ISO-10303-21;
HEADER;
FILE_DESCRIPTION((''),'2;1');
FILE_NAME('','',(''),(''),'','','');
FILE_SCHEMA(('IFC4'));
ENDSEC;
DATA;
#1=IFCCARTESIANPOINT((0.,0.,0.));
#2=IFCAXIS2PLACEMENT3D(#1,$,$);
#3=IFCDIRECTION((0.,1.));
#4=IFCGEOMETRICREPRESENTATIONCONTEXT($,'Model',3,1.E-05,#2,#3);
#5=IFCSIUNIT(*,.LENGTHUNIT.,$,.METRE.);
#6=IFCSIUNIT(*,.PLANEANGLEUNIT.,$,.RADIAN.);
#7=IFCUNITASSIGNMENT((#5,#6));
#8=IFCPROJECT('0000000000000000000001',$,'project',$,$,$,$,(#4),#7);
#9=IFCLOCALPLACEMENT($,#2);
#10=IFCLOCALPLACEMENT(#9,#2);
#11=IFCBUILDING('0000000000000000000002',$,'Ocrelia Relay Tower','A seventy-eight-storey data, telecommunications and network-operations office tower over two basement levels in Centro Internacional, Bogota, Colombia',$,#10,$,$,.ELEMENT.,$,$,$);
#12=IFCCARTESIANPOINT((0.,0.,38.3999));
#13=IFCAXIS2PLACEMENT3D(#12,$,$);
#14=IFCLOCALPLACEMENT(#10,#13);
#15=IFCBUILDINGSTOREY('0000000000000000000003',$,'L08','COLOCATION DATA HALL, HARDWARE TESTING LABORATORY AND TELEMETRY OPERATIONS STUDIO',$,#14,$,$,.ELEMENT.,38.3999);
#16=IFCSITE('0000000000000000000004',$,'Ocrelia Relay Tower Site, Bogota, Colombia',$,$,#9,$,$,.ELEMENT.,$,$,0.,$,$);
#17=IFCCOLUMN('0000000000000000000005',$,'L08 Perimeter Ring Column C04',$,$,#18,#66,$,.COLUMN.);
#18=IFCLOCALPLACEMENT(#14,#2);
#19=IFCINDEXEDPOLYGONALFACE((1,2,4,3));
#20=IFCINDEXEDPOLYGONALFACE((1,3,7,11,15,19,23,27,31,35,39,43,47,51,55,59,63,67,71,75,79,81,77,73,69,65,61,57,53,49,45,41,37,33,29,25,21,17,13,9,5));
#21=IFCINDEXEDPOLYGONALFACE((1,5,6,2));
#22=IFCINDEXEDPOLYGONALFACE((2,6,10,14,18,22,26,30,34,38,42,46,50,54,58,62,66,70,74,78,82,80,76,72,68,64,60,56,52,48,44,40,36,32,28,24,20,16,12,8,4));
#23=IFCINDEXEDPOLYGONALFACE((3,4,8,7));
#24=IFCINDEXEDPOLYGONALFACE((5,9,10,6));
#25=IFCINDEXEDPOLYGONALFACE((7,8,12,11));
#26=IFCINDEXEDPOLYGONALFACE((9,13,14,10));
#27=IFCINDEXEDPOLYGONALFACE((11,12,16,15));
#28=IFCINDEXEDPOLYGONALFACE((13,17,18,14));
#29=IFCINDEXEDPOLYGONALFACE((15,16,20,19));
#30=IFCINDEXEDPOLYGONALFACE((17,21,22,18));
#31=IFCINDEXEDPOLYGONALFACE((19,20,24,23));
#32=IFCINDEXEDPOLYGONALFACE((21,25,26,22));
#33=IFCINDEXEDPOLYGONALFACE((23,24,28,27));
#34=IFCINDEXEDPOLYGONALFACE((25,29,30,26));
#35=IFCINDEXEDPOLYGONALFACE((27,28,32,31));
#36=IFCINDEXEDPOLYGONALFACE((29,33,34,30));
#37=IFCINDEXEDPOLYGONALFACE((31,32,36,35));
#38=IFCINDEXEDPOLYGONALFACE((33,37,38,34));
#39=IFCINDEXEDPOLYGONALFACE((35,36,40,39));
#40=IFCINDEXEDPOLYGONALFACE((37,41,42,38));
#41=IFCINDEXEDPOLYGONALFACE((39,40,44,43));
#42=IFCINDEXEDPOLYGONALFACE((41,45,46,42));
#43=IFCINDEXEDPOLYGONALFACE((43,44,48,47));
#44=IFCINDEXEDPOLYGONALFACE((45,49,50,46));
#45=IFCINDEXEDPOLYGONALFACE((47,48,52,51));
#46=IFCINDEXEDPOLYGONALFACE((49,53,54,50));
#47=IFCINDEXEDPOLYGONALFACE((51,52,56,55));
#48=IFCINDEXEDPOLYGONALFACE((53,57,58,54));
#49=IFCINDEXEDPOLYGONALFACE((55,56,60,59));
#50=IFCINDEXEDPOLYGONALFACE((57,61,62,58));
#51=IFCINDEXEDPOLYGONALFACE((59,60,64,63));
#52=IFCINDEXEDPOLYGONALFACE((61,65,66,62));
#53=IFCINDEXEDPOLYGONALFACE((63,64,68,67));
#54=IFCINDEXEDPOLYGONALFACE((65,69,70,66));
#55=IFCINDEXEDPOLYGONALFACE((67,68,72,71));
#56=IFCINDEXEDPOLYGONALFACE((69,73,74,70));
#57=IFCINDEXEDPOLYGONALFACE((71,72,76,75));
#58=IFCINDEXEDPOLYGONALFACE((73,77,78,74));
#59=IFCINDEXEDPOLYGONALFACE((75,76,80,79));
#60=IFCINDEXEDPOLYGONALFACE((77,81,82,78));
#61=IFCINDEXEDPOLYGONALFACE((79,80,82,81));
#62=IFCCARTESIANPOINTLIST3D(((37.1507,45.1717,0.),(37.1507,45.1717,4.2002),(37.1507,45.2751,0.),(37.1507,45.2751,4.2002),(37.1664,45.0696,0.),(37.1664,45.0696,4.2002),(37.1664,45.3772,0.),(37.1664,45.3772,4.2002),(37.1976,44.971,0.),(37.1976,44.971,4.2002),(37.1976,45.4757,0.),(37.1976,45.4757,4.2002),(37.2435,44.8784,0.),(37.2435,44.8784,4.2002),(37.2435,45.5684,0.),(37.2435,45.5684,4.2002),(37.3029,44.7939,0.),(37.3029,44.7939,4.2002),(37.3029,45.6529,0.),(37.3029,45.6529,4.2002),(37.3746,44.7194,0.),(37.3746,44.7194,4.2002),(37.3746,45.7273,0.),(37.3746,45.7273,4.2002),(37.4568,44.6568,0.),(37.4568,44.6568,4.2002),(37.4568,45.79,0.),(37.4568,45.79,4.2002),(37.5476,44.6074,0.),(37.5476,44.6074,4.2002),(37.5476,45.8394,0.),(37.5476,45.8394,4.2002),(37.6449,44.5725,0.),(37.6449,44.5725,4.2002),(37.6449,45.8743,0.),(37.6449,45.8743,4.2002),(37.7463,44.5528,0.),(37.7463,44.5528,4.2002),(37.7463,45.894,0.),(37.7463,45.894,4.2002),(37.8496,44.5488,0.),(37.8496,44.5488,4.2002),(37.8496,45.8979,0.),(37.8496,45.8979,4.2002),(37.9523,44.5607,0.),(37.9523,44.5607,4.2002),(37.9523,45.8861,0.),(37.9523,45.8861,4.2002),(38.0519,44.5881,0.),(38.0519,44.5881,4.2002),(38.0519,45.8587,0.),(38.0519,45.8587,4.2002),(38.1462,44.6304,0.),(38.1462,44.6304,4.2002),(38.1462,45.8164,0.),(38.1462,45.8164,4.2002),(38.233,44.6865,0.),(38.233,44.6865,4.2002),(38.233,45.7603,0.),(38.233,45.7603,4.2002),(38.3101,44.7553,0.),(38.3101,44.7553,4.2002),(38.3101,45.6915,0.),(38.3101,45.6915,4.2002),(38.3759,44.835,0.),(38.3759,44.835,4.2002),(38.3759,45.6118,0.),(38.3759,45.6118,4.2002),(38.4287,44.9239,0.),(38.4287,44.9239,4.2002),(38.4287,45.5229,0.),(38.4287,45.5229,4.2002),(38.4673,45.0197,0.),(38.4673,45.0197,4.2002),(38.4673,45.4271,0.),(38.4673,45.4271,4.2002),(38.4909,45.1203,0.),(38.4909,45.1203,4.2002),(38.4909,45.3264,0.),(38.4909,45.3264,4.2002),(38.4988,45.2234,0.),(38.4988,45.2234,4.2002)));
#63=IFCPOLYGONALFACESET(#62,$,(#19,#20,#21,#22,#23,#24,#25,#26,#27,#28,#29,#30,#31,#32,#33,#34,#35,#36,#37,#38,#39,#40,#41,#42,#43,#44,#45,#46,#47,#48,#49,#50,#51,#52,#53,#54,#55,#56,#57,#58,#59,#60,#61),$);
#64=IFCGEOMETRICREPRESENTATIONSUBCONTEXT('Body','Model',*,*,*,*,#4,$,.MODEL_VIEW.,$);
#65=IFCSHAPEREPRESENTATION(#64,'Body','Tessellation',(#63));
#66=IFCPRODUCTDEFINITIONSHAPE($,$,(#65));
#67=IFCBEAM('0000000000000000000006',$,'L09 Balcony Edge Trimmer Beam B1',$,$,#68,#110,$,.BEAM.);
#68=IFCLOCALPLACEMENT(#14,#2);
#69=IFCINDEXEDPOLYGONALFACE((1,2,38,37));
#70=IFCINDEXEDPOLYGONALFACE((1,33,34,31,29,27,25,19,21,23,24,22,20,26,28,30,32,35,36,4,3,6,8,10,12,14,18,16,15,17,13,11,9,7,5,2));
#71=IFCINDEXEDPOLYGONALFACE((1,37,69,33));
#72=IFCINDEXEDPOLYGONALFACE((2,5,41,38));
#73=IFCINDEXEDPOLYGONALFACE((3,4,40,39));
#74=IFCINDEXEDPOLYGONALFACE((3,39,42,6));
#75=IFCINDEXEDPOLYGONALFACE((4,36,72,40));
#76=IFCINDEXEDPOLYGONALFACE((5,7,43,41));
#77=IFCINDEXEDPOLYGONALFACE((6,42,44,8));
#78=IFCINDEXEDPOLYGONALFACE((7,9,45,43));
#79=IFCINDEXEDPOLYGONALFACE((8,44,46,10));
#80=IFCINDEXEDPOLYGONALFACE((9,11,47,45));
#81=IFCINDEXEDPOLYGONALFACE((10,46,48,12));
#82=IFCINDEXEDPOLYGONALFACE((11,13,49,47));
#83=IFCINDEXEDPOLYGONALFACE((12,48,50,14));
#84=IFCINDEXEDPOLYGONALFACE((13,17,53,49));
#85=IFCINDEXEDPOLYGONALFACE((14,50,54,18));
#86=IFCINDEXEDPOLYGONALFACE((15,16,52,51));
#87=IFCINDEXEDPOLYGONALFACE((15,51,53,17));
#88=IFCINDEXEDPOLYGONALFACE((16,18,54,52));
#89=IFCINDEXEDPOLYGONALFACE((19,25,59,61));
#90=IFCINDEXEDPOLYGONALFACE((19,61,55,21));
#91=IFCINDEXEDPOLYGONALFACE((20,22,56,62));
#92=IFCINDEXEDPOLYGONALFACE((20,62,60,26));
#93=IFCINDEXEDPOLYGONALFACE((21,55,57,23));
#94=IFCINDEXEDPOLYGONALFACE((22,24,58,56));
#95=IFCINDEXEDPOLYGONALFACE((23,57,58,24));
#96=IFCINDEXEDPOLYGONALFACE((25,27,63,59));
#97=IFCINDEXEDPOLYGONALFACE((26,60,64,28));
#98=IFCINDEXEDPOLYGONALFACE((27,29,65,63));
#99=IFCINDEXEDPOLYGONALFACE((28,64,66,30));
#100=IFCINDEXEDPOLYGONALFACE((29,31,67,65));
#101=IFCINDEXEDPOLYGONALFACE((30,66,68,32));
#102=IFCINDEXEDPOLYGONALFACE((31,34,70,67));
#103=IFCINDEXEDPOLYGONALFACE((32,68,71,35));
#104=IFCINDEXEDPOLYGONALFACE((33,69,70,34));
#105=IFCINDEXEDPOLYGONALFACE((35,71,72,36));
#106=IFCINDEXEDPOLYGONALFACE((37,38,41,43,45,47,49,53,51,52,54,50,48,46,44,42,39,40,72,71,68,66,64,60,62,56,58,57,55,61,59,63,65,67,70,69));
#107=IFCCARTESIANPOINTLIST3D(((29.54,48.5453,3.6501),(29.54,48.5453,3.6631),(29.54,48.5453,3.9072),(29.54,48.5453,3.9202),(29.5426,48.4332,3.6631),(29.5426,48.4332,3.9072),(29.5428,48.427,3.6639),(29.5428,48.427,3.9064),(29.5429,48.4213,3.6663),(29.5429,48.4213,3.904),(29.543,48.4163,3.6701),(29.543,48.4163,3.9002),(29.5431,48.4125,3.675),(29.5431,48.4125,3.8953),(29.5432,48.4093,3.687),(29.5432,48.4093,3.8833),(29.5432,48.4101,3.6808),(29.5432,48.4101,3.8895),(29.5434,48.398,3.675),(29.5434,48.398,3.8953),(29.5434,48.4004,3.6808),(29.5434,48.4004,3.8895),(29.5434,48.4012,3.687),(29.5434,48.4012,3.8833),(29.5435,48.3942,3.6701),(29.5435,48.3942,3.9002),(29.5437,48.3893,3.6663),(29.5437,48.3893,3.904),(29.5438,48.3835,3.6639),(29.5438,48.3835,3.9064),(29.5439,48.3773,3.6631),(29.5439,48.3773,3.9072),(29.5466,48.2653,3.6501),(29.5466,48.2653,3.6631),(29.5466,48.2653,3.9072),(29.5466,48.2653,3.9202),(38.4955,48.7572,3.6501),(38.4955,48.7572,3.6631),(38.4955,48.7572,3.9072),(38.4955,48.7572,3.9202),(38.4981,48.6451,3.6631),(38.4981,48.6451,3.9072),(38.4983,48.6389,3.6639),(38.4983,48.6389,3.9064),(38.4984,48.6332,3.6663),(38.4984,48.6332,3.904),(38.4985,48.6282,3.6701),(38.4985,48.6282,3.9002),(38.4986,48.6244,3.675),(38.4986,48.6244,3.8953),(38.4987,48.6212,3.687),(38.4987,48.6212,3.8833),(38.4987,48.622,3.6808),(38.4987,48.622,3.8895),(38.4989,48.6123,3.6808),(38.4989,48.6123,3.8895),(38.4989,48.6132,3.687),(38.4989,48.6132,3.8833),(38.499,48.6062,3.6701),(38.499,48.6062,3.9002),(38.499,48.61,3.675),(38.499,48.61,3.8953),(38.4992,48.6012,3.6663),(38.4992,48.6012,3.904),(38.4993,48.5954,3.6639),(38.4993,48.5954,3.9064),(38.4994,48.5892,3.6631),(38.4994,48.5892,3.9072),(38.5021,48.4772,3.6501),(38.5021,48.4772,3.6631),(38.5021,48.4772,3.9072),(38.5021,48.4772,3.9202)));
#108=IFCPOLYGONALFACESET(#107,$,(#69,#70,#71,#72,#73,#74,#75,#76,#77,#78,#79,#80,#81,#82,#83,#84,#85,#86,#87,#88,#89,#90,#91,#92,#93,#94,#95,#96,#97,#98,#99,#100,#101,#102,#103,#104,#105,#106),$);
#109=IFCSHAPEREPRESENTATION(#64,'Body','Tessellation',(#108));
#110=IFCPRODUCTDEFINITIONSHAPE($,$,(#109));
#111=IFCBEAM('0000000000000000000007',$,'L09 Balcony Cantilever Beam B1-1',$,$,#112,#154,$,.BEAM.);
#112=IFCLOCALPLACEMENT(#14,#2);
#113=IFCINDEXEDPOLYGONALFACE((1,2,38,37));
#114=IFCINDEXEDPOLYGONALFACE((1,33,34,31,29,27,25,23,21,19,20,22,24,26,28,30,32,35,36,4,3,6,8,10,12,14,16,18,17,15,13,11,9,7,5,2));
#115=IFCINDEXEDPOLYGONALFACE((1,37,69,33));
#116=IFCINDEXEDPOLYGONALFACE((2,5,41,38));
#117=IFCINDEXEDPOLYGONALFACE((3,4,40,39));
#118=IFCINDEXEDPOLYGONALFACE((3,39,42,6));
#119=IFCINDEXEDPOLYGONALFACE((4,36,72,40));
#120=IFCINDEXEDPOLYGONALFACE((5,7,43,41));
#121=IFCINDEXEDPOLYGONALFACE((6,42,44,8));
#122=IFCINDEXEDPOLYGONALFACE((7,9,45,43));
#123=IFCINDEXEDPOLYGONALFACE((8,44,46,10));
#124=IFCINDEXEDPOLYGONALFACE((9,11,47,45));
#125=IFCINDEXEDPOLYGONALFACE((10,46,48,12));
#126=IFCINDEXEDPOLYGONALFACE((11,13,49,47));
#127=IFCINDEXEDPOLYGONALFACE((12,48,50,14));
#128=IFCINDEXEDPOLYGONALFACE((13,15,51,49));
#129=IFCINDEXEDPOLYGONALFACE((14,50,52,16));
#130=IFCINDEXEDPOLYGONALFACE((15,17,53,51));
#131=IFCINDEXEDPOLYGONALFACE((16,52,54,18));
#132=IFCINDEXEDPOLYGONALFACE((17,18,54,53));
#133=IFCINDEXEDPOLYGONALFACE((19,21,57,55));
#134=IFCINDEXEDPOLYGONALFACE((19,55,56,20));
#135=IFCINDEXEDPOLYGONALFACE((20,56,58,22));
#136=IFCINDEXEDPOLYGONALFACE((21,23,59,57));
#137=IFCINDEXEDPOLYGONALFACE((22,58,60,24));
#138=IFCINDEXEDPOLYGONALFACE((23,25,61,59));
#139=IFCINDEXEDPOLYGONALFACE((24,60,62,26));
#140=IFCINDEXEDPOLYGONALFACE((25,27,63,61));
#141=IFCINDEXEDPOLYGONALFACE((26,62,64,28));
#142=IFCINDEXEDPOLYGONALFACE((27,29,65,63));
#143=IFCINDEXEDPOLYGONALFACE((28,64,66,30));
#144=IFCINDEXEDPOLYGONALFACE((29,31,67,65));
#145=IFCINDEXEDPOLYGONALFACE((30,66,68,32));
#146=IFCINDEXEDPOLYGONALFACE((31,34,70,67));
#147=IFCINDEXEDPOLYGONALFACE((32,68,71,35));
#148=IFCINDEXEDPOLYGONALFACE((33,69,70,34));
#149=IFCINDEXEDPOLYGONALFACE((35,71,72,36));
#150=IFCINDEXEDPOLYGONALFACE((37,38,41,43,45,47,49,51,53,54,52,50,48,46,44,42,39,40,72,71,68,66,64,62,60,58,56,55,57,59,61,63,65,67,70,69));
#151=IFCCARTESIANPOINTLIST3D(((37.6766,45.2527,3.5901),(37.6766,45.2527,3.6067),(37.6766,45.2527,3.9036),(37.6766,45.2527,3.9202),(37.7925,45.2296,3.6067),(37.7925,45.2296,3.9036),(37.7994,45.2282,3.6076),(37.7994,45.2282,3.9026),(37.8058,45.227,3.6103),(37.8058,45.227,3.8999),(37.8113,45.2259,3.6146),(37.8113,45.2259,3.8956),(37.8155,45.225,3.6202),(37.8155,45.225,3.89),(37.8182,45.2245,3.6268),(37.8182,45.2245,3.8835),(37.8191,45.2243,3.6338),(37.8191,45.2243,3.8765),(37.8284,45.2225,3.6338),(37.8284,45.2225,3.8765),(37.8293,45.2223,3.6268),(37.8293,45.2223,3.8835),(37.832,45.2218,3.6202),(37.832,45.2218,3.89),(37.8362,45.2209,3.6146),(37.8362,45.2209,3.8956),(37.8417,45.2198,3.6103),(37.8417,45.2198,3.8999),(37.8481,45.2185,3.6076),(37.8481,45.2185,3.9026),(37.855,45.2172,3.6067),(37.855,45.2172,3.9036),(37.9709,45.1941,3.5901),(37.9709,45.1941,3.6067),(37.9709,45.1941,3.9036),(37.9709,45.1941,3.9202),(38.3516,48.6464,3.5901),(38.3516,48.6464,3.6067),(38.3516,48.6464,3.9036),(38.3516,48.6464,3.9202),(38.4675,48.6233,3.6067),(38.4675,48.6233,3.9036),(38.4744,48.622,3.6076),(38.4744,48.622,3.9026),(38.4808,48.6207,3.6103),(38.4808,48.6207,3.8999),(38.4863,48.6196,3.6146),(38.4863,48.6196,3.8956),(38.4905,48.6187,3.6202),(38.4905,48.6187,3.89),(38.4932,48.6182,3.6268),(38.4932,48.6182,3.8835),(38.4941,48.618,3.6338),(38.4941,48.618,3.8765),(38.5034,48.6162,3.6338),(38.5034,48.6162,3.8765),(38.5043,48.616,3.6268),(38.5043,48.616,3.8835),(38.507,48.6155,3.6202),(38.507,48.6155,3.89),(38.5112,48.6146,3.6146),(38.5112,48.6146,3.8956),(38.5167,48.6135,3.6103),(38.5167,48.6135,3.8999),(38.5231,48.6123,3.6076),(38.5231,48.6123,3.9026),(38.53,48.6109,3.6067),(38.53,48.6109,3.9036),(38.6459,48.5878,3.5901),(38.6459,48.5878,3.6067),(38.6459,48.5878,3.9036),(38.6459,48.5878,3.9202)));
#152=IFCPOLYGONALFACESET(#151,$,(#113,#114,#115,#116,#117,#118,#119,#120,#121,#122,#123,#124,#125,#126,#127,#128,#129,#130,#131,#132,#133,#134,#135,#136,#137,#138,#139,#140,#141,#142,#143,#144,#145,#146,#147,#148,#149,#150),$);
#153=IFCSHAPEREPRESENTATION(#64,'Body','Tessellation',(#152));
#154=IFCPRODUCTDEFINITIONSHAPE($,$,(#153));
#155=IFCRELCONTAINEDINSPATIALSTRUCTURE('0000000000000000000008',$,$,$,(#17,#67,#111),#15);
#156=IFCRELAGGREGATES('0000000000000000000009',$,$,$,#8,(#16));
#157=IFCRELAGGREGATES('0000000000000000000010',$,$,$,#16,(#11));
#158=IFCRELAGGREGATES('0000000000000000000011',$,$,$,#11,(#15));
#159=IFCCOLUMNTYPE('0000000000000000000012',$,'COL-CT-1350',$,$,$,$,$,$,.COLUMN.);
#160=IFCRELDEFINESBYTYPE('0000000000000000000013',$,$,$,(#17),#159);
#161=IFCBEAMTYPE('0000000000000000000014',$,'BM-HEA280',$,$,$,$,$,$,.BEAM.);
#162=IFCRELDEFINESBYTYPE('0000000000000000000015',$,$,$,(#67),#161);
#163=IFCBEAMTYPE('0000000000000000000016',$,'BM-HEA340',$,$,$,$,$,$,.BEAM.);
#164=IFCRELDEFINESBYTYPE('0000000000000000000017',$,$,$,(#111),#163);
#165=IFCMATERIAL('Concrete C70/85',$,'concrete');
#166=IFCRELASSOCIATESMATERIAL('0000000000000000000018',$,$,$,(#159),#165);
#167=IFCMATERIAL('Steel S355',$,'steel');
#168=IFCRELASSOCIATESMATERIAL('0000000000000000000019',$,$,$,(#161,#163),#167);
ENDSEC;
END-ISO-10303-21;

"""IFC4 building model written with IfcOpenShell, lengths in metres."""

from ifc_helpers import new_model, si_unit, direction, frame, origin, origin_2d, place, context, subcontext, project, spatial, circle, i_section, extrude, material, material_profile, profile_set, type_object, element, save


model = new_model("IFC4")

# Units and contexts
model_context = context("Model", 3, precision=1e-05, world=origin(), true_north=direction((0.0, 1.0)))
body_context = subcontext(model_context, "Body", "Model", "MODEL_VIEW")
ifc_project = project(units=[si_unit("LENGTHUNIT", "METRE"), si_unit("PLANEANGLEUNIT", "RADIAN")], contexts=[model_context])

# Site, building, storey
site_placement = place(None, origin())
site = spatial("IfcSite", under=ifc_project, at=site_placement, Name="Ocrelia Relay Tower Site, Bogota, Colombia", CompositionType="ELEMENT", RefElevation=0.0)
building_placement = place(site_placement, origin())
building = spatial("IfcBuilding", under=site, at=building_placement, Name="Ocrelia Relay Tower", Description="A seventy-eight-storey data, telecommunications and network-operations office tower over two basement levels in Centro Internacional, Bogota, Colombia", CompositionType="ELEMENT")
storey_placement = place(building_placement, frame((0.0, 0.0, 38.3999)))
storey = spatial("IfcBuildingStorey", under=building, at=storey_placement, Name="L08", Description="COLOCATION DATA HALL, HARDWARE TESTING LABORATORY AND TELEMETRY OPERATIONS STUDIO", CompositionType="ELEMENT", Elevation=38.3999)

# Column
ifc_material_1 = material(Name="Concrete C70/85", Category="concrete")
ifc_material_profile_1 = material_profile(ifc_material_1, circle(Radius=0.675, at=origin_2d()), Name="RC-CIR-1350")
ifc_profile_set_1 = profile_set([ifc_material_profile_1], Name="Concrete C70/85")
column_type = type_object("IfcColumnType", Name="COL-CT-1350", PredefinedType="COLUMN", material=ifc_profile_set_1)
column_placement = place(storey_placement, frame((37.8237, 45.2234, 0.0), z_axis=(0.0, 0.0, 1.0), x_axis=(1.0, 0.0, 0.0)))
element("IfcColumn", 1, at=column_placement, inside=storey, type_object=column_type, Name="L08 Perimeter Ring Column C04", PredefinedType="COLUMN", context=body_context, shape_type="SweptSolid", body=[
    extrude(circle(Radius=0.675, at=origin_2d()), origin(), (0.0, 0.0, 1.0), 4.2002),
])

# Beams
ifc_material_2 = material(Name="Steel S355", Category="steel")
ifc_material_profile_2 = material_profile(ifc_material_2, i_section(OverallWidth=0.28, OverallDepth=0.27, WebThickness=0.0081, FlangeThickness=0.0129, FilletRadius=0.0239, at=origin_2d()), Name="HEA 280")
ifc_profile_set_2 = profile_set([ifc_material_profile_2], Name="Steel S355")
beam_type_1 = type_object("IfcBeamType", Name="BM-HEA280", PredefinedType="BEAM", material=ifc_profile_set_2)
beam_1_placement = place(storey_placement, frame((38.4988, 48.6172, 3.7852), z_axis=(-0.99972, -0.023656, 0.0), x_axis=(0.023656, -0.99972, 0.0)))
element("IfcBeam", 2, at=beam_1_placement, inside=storey, type_object=beam_type_1, Name="L09 Balcony Edge Trimmer Beam B1", PredefinedType="BEAM", context=body_context, shape_type="SweptSolid", body=[
    extrude(i_section(OverallWidth=0.28, OverallDepth=0.27, WebThickness=0.0081, FlangeThickness=0.0129, FilletRadius=0.0239, at=origin_2d()), origin(), (0.0, 0.0, 1.0), 8.958),
])
ifc_material_profile_3 = material_profile(ifc_material_2, i_section(OverallWidth=0.3, OverallDepth=0.3301, WebThickness=0.0095, FlangeThickness=0.0166, FilletRadius=0.0271, at=origin_2d()), Name="HEA 340")
ifc_profile_set_3 = profile_set([ifc_material_profile_3], Name="Steel S355")
beam_type_2 = type_object("IfcBeamType", Name="BM-HEA340", PredefinedType="BEAM", material=ifc_profile_set_3)
beam_2_placement = place(storey_placement, frame((37.8237, 45.2234, 3.7551), z_axis=(0.195085, 0.980786, 0.0), x_axis=(-0.980786, 0.195085, 0.0)))
element("IfcBeam", 3, at=beam_2_placement, inside=storey, type_object=beam_type_2, Name="L09 Balcony Cantilever Beam B1-1", PredefinedType="BEAM", context=body_context, shape_type="SweptSolid", body=[
    extrude(i_section(OverallWidth=0.3, OverallDepth=0.3301, WebThickness=0.0095, FlangeThickness=0.0166, FilletRadius=0.0271, at=origin_2d()), origin(), (0.0, 0.0, 1.0), 3.4602),
])

save(model, "model.ifc")
